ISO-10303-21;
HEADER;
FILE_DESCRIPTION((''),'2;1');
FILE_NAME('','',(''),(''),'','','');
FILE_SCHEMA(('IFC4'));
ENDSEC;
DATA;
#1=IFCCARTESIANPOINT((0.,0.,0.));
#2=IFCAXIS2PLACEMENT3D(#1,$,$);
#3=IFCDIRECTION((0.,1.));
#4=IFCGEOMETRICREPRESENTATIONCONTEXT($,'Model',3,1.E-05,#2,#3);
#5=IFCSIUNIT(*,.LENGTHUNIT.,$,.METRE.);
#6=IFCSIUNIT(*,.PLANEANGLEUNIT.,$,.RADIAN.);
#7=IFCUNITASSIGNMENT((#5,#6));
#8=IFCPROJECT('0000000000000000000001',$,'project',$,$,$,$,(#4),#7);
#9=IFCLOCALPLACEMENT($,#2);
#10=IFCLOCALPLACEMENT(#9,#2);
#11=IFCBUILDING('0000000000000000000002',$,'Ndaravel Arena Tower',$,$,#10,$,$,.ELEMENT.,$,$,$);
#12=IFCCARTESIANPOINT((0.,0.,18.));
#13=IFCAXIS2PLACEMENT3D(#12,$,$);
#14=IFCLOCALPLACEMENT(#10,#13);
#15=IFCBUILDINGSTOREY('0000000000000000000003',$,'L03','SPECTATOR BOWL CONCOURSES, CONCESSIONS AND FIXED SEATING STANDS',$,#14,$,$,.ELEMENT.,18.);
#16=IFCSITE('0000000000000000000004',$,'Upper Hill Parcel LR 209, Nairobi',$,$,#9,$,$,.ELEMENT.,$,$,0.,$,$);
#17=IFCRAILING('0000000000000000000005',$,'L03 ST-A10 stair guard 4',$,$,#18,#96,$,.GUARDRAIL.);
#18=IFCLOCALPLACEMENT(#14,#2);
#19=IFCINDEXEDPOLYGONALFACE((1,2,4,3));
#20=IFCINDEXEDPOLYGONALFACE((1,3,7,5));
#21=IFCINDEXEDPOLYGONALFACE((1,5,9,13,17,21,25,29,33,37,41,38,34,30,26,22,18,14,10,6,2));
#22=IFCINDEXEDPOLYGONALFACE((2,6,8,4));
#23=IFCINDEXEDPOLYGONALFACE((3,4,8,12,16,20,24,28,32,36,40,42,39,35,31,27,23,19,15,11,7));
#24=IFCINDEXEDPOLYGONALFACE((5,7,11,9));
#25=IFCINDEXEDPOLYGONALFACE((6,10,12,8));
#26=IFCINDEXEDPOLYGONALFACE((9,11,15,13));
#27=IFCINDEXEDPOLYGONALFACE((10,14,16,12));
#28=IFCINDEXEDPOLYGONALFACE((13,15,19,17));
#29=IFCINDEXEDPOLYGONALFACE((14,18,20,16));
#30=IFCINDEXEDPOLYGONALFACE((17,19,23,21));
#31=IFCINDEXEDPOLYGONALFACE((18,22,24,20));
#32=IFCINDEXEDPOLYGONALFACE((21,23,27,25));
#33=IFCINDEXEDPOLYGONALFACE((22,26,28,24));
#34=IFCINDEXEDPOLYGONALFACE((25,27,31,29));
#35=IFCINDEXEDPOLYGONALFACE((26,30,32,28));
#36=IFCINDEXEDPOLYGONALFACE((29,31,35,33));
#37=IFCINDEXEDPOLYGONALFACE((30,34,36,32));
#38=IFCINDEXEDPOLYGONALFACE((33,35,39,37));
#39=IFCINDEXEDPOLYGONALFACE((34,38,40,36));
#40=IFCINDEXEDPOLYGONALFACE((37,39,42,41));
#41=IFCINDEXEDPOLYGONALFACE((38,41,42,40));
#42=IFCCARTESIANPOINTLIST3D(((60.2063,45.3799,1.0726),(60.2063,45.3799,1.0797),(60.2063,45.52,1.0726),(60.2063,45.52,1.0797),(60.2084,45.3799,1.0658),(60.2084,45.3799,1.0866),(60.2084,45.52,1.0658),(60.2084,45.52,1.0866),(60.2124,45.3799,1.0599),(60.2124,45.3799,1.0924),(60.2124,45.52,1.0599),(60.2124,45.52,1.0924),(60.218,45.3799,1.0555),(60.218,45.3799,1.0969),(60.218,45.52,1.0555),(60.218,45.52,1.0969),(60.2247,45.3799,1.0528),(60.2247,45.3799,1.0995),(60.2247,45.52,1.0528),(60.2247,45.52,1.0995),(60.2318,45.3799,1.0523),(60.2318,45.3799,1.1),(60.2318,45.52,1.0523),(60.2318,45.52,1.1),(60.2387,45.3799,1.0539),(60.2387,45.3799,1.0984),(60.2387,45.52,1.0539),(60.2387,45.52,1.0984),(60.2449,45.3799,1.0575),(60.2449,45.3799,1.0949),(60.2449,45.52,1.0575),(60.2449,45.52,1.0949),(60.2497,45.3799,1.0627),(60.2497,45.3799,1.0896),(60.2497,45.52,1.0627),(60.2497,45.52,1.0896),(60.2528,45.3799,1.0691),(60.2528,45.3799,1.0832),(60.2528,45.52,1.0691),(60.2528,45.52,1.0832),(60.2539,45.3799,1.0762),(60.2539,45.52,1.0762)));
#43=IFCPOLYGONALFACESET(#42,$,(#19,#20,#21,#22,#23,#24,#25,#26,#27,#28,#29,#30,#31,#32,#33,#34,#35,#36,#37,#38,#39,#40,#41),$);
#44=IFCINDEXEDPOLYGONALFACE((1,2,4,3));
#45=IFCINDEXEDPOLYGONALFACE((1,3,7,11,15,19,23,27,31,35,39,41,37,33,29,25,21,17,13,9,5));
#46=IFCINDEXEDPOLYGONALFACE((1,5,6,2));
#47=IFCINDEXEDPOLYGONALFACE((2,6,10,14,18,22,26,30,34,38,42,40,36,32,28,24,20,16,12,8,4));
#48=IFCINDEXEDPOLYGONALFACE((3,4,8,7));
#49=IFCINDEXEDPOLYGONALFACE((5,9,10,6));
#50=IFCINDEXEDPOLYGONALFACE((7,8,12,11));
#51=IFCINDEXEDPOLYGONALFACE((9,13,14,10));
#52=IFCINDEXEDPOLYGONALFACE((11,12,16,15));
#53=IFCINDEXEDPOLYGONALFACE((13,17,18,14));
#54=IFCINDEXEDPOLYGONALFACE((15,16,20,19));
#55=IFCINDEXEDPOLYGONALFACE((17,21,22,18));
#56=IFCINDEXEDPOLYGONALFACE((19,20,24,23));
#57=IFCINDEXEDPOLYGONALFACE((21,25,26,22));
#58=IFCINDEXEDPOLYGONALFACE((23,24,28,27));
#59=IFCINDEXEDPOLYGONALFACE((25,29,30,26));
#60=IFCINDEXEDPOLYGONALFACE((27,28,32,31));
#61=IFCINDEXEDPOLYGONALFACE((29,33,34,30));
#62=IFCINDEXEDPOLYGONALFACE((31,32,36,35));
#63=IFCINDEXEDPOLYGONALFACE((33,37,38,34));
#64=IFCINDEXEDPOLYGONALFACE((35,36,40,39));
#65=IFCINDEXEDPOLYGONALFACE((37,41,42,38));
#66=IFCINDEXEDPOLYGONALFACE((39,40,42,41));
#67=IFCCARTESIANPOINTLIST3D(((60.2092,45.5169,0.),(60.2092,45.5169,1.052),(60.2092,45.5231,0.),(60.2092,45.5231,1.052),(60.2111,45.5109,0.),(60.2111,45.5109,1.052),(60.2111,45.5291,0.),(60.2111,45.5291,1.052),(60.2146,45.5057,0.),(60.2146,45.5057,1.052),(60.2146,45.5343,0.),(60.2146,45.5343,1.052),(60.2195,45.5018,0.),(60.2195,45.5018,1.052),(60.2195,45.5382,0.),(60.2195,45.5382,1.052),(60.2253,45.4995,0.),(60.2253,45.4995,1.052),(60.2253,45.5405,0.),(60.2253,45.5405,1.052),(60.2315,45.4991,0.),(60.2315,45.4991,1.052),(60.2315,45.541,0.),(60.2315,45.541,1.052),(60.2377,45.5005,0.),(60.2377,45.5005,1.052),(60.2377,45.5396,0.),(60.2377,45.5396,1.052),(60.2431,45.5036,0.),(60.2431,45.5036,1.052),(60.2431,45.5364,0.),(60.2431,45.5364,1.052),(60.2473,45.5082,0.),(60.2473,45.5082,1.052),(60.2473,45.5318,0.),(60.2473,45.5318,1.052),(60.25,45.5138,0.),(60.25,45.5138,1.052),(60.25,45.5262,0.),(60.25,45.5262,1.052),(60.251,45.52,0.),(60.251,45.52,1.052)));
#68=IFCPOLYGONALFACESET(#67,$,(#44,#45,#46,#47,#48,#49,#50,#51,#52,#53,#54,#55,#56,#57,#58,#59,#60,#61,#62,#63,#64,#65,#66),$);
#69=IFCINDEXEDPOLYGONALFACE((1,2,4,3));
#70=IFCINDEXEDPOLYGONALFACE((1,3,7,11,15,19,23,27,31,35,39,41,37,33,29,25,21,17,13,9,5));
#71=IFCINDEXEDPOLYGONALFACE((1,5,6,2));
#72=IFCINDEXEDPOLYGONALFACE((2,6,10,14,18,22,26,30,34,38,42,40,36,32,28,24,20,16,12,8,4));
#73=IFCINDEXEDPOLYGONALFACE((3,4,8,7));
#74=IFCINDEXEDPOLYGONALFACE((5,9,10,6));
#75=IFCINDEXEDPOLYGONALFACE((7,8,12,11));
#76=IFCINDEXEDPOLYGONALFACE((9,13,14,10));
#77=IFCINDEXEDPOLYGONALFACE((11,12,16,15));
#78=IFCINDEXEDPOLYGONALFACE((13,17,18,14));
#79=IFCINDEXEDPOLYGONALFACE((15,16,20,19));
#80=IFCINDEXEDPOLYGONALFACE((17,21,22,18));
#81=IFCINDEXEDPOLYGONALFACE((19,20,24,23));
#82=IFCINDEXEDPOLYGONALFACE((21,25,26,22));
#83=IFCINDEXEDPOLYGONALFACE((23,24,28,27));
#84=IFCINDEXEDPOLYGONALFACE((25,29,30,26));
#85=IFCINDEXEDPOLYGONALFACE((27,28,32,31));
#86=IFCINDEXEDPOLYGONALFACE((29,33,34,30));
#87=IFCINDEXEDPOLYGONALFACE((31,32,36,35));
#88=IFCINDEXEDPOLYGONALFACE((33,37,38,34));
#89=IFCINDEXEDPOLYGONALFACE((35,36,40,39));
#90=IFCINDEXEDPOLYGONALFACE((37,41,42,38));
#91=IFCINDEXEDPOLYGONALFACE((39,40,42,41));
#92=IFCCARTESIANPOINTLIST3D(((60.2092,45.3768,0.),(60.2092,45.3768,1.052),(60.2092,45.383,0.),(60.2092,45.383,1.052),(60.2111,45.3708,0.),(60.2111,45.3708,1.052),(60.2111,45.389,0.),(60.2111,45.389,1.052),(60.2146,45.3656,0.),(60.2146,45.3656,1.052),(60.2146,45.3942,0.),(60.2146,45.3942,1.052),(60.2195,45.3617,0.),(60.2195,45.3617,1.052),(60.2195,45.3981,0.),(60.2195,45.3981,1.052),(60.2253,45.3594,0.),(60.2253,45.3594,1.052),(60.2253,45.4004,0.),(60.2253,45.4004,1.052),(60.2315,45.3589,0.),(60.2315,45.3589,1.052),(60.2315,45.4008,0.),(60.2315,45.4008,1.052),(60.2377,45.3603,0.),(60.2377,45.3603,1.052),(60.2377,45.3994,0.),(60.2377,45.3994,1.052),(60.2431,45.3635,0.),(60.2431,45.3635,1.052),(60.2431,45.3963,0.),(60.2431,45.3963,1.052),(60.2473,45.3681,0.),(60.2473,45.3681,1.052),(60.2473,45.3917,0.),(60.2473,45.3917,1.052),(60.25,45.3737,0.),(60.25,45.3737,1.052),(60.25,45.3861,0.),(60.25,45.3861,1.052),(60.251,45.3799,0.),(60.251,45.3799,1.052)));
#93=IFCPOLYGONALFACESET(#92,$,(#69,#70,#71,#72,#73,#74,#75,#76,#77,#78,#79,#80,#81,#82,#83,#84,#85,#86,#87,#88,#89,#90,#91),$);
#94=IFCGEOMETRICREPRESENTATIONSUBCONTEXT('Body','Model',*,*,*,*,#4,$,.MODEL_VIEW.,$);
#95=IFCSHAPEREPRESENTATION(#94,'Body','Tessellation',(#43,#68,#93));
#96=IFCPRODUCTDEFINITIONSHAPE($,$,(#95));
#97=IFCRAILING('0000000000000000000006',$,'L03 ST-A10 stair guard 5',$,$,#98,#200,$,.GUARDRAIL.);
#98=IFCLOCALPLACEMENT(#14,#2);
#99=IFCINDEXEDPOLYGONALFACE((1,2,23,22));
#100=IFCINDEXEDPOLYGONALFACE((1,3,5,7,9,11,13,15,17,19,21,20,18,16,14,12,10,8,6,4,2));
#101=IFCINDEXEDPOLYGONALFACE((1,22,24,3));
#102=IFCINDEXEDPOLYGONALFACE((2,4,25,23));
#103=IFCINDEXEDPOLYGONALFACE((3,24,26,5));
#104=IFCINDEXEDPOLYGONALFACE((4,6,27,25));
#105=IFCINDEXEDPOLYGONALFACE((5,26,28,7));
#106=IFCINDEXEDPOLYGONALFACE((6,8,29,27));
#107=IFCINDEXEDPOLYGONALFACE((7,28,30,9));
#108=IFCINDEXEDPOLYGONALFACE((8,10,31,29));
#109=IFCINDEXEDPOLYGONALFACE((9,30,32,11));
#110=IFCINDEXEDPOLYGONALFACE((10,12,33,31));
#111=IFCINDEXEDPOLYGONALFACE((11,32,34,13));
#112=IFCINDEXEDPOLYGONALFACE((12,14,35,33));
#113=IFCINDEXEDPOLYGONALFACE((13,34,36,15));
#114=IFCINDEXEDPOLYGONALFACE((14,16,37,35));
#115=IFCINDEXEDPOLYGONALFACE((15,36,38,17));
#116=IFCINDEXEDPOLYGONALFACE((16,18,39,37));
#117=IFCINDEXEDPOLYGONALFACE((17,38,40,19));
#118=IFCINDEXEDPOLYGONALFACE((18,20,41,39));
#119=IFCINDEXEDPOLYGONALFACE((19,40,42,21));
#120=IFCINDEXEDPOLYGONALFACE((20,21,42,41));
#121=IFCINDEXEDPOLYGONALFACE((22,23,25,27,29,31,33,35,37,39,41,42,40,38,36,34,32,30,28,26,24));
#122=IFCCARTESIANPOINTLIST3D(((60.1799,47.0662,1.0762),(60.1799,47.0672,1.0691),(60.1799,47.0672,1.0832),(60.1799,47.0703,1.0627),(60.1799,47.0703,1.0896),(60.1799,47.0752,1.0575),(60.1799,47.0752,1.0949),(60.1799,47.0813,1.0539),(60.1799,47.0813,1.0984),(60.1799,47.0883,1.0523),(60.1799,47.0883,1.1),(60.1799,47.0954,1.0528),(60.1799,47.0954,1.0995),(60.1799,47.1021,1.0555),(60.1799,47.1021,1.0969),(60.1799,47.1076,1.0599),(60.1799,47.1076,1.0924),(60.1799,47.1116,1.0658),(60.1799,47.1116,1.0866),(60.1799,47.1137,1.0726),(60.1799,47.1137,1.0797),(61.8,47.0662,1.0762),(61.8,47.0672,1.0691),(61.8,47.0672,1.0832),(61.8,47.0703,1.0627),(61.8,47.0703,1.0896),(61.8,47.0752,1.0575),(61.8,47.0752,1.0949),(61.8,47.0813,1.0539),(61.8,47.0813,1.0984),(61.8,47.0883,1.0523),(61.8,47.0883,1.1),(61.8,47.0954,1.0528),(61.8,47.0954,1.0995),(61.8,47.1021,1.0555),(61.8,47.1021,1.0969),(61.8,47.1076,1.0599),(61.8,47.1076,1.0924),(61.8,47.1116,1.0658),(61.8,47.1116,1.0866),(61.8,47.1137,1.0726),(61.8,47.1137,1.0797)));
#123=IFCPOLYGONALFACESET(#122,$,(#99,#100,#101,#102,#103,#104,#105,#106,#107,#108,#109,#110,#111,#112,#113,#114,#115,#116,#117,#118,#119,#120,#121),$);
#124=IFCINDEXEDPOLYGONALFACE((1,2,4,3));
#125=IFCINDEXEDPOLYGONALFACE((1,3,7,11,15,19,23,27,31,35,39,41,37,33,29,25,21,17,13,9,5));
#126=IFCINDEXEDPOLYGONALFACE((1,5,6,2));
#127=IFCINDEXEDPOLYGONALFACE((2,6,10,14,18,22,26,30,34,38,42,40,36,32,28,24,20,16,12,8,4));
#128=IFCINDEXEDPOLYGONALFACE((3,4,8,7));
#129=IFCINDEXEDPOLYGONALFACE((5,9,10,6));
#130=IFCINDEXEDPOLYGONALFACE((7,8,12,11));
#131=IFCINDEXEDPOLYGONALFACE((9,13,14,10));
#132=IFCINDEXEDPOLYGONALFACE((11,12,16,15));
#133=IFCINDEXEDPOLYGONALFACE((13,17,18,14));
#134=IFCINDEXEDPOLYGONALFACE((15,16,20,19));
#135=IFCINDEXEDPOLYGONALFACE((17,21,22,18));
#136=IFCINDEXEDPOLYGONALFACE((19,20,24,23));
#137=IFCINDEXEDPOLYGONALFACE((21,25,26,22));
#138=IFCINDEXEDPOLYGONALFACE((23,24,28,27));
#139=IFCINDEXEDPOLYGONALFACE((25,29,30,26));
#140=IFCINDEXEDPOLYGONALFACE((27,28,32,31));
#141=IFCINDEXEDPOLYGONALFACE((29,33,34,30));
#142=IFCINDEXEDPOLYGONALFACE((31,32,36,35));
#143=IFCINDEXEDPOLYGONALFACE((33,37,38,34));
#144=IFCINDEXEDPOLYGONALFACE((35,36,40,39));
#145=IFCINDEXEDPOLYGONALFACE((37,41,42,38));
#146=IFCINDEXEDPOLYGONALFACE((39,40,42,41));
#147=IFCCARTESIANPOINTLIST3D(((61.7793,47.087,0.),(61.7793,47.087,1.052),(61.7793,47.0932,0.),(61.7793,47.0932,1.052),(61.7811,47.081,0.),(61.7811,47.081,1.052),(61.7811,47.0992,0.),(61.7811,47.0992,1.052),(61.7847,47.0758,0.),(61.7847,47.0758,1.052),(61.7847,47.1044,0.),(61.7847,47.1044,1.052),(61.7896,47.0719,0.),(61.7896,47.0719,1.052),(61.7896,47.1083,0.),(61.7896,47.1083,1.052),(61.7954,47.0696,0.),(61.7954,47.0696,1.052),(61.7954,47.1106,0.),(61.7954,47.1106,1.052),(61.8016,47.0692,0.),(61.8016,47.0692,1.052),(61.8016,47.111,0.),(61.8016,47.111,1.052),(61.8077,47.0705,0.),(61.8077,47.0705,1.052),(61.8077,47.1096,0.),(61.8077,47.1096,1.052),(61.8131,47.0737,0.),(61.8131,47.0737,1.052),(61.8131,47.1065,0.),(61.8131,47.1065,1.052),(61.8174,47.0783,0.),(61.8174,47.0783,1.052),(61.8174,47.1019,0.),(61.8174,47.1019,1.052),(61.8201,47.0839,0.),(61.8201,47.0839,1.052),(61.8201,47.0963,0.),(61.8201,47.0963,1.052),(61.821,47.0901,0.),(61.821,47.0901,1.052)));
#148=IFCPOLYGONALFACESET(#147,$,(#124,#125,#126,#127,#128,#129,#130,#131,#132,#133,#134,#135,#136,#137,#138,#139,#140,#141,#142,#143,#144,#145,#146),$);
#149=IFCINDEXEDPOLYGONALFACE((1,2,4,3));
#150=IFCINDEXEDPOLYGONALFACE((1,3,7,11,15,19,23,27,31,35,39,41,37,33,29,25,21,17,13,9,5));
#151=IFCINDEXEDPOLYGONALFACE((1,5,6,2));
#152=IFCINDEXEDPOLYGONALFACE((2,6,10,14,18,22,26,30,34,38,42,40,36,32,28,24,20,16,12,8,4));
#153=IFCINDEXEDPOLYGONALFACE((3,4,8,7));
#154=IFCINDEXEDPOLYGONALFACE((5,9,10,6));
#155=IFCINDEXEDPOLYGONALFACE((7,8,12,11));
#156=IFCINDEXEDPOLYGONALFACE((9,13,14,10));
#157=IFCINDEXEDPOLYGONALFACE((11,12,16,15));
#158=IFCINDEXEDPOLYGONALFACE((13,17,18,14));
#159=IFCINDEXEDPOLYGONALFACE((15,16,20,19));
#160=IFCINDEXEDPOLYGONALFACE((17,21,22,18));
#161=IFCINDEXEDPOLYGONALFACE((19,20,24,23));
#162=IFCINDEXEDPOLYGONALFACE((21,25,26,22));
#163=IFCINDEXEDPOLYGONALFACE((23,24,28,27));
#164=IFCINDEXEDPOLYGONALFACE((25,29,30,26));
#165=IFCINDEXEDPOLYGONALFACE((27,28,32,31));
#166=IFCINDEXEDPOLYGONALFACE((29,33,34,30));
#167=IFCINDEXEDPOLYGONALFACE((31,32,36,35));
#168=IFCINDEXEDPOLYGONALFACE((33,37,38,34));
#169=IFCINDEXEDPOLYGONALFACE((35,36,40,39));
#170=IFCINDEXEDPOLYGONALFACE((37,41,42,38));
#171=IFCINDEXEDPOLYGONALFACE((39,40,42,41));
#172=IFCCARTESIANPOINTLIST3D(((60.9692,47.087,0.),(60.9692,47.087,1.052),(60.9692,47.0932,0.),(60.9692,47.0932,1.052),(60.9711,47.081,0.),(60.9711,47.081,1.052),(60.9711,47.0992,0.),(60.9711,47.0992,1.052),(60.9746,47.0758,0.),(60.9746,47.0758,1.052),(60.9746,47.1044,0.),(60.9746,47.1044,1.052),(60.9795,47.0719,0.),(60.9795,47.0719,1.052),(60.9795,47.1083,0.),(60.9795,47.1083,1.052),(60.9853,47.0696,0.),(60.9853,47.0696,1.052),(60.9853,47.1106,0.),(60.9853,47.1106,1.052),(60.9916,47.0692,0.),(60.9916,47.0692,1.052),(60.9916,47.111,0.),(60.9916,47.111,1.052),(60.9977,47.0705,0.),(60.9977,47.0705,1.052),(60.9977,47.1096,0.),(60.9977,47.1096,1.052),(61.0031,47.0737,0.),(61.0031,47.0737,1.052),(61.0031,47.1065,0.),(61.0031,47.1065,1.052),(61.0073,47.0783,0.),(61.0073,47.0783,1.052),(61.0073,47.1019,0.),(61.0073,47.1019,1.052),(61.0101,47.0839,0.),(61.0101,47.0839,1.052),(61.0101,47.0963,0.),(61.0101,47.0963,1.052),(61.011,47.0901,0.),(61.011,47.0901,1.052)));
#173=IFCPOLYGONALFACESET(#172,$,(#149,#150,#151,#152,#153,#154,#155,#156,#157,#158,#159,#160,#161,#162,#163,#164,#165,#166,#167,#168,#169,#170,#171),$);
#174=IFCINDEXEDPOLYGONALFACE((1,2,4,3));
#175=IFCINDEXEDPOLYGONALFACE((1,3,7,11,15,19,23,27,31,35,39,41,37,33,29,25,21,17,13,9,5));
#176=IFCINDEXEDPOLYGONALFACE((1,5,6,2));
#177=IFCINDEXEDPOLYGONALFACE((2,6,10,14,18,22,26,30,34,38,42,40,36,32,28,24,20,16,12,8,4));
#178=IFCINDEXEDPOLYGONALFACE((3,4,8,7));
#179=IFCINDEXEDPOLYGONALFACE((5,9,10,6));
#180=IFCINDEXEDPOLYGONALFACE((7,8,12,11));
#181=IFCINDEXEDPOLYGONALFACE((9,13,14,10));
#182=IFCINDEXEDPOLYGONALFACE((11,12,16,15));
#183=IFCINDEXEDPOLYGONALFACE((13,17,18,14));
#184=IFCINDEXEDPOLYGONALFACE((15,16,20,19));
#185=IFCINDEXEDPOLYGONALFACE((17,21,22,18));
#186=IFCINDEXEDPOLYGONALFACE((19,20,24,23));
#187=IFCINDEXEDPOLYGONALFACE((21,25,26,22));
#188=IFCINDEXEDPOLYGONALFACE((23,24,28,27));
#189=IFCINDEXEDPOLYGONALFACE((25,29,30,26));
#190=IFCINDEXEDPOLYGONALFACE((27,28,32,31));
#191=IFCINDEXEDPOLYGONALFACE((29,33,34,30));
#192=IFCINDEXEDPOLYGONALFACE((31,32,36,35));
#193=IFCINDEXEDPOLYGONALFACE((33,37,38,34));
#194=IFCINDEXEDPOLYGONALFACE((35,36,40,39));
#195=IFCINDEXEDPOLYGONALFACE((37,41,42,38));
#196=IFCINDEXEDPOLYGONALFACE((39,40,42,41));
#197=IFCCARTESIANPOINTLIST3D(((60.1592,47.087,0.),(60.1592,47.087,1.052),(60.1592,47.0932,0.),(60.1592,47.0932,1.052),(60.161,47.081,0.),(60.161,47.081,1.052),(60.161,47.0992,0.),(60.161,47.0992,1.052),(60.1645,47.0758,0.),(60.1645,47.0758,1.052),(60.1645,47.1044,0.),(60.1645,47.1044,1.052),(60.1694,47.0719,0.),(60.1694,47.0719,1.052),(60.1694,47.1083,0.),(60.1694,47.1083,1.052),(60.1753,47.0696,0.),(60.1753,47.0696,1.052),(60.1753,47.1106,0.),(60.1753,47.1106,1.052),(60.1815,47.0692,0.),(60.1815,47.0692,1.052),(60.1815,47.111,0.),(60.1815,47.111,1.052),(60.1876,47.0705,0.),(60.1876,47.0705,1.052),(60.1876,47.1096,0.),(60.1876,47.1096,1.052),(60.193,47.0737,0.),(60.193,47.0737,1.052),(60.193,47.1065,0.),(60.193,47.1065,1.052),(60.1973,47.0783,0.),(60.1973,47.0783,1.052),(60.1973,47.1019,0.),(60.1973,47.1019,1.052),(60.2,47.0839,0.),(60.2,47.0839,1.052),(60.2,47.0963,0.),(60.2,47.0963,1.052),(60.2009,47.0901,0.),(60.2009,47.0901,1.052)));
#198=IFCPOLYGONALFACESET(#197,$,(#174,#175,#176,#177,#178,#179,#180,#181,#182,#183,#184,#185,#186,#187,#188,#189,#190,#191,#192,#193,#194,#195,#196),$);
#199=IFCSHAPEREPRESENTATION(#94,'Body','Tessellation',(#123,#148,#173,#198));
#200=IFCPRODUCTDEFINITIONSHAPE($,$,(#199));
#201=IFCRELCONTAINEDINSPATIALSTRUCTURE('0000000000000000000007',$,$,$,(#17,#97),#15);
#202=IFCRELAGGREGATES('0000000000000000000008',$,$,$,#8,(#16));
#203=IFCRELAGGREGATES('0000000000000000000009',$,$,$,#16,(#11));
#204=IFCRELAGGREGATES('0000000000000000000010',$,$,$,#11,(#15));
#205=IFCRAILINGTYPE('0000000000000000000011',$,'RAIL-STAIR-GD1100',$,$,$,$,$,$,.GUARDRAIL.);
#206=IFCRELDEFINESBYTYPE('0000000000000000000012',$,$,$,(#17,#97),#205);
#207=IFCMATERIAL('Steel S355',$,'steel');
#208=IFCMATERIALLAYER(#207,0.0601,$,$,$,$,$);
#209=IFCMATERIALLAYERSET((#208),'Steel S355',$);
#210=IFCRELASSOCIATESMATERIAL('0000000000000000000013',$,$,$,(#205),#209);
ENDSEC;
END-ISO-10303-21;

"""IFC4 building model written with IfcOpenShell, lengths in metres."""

from ifc_helpers import new_model, si_unit, direction, frame, origin, origin_2d, place, context, subcontext, project, spatial, circle, extrude, material, layer, layer_set, type_object, element, save


model = new_model("IFC4")

# Units and contexts
model_context = context("Model", 3, precision=1e-05, world=origin(), true_north=direction((0.0, 1.0)))
body_context = subcontext(model_context, "Body", "Model", "MODEL_VIEW")
ifc_project = project(units=[si_unit("LENGTHUNIT", "METRE"), si_unit("PLANEANGLEUNIT", "RADIAN")], contexts=[model_context])

# Site, building, storey
site_placement = place(None, origin())
site = spatial("IfcSite", under=ifc_project, at=site_placement, Name="Upper Hill Parcel LR 209, Nairobi", CompositionType="ELEMENT", RefElevation=0.0)
building_placement = place(site_placement, origin())
building = spatial("IfcBuilding", under=site, at=building_placement, Name="Ndaravel Arena Tower", CompositionType="ELEMENT")
storey_placement = place(building_placement, frame((0.0, 0.0, 18.0)))
storey = spatial("IfcBuildingStorey", under=building, at=storey_placement, Name="L03", Description="SPECTATOR BOWL CONCOURSES, CONCESSIONS AND FIXED SEATING STANDS", CompositionType="ELEMENT", Elevation=18.0)

# Railings
ifc_material_1 = material(Name="Steel S355", Category="steel")
ifc_layer_1 = layer(ifc_material_1, 0.0601)
ifc_layer_set_1 = layer_set([ifc_layer_1], Name="Steel S355")
railing_type_1 = type_object("IfcRailingType", Name="RAIL-STAIR-GD1100", PredefinedType="GUARDRAIL", material=ifc_layer_set_1)
railing_1_placement = place(storey_placement, frame((60.23, 45.52, 0.0)))
element("IfcRailing", 1, at=railing_1_placement, inside=storey, type_object=railing_type_1, Name="L03 ST-A10 stair guard 4", PredefinedType="GUARDRAIL", context=body_context, shape_type="SweptSolid", body=[
    extrude(circle(Radius=0.0239, at=origin_2d()), frame((0.0, 0.0, 1.0762), z_axis=(0.0, -1.0, 0.0), x_axis=(1.0, 0.0, 0.0)), (0.0, 0.0, 1.0), 0.1401),
    extrude(circle(Radius=0.021, at=origin_2d()), origin(), (0.0, 0.0, 1.0), 1.052),
    extrude(circle(Radius=0.021, at=origin_2d()), frame((0.0, -0.1401, 0.0)), (0.0, 0.0, 1.0), 1.052),
])
for number, where, name in (
    (2, (61.8, 47.0901, 0.0), "L03 ST-A10 stair guard 5"),
):
    element("IfcRailing", number, at=place(storey_placement, frame(where)), inside=storey, type_object=railing_type_1, Name=name, PredefinedType="GUARDRAIL", context=body_context, shape_type="SweptSolid", body=[
        extrude(circle(Radius=0.0239, at=origin_2d()), frame((0.0, 0.0, 1.0762), z_axis=(-1.0, 0.0, 0.0), x_axis=(0.0, -1.0, 0.0)), (0.0, 0.0, 1.0), 1.6201),
        extrude(circle(Radius=0.021, at=origin_2d()), origin(), (0.0, 0.0, 1.0), 1.052),
        extrude(circle(Radius=0.021, at=origin_2d()), frame((-0.8101, 0.0, 0.0)), (0.0, 0.0, 1.0), 1.052),
        extrude(circle(Radius=0.021, at=origin_2d()), frame((-1.6201, 0.0, 0.0)), (0.0, 0.0, 1.0), 1.052),
    ])

save(model, "model.ifc")
